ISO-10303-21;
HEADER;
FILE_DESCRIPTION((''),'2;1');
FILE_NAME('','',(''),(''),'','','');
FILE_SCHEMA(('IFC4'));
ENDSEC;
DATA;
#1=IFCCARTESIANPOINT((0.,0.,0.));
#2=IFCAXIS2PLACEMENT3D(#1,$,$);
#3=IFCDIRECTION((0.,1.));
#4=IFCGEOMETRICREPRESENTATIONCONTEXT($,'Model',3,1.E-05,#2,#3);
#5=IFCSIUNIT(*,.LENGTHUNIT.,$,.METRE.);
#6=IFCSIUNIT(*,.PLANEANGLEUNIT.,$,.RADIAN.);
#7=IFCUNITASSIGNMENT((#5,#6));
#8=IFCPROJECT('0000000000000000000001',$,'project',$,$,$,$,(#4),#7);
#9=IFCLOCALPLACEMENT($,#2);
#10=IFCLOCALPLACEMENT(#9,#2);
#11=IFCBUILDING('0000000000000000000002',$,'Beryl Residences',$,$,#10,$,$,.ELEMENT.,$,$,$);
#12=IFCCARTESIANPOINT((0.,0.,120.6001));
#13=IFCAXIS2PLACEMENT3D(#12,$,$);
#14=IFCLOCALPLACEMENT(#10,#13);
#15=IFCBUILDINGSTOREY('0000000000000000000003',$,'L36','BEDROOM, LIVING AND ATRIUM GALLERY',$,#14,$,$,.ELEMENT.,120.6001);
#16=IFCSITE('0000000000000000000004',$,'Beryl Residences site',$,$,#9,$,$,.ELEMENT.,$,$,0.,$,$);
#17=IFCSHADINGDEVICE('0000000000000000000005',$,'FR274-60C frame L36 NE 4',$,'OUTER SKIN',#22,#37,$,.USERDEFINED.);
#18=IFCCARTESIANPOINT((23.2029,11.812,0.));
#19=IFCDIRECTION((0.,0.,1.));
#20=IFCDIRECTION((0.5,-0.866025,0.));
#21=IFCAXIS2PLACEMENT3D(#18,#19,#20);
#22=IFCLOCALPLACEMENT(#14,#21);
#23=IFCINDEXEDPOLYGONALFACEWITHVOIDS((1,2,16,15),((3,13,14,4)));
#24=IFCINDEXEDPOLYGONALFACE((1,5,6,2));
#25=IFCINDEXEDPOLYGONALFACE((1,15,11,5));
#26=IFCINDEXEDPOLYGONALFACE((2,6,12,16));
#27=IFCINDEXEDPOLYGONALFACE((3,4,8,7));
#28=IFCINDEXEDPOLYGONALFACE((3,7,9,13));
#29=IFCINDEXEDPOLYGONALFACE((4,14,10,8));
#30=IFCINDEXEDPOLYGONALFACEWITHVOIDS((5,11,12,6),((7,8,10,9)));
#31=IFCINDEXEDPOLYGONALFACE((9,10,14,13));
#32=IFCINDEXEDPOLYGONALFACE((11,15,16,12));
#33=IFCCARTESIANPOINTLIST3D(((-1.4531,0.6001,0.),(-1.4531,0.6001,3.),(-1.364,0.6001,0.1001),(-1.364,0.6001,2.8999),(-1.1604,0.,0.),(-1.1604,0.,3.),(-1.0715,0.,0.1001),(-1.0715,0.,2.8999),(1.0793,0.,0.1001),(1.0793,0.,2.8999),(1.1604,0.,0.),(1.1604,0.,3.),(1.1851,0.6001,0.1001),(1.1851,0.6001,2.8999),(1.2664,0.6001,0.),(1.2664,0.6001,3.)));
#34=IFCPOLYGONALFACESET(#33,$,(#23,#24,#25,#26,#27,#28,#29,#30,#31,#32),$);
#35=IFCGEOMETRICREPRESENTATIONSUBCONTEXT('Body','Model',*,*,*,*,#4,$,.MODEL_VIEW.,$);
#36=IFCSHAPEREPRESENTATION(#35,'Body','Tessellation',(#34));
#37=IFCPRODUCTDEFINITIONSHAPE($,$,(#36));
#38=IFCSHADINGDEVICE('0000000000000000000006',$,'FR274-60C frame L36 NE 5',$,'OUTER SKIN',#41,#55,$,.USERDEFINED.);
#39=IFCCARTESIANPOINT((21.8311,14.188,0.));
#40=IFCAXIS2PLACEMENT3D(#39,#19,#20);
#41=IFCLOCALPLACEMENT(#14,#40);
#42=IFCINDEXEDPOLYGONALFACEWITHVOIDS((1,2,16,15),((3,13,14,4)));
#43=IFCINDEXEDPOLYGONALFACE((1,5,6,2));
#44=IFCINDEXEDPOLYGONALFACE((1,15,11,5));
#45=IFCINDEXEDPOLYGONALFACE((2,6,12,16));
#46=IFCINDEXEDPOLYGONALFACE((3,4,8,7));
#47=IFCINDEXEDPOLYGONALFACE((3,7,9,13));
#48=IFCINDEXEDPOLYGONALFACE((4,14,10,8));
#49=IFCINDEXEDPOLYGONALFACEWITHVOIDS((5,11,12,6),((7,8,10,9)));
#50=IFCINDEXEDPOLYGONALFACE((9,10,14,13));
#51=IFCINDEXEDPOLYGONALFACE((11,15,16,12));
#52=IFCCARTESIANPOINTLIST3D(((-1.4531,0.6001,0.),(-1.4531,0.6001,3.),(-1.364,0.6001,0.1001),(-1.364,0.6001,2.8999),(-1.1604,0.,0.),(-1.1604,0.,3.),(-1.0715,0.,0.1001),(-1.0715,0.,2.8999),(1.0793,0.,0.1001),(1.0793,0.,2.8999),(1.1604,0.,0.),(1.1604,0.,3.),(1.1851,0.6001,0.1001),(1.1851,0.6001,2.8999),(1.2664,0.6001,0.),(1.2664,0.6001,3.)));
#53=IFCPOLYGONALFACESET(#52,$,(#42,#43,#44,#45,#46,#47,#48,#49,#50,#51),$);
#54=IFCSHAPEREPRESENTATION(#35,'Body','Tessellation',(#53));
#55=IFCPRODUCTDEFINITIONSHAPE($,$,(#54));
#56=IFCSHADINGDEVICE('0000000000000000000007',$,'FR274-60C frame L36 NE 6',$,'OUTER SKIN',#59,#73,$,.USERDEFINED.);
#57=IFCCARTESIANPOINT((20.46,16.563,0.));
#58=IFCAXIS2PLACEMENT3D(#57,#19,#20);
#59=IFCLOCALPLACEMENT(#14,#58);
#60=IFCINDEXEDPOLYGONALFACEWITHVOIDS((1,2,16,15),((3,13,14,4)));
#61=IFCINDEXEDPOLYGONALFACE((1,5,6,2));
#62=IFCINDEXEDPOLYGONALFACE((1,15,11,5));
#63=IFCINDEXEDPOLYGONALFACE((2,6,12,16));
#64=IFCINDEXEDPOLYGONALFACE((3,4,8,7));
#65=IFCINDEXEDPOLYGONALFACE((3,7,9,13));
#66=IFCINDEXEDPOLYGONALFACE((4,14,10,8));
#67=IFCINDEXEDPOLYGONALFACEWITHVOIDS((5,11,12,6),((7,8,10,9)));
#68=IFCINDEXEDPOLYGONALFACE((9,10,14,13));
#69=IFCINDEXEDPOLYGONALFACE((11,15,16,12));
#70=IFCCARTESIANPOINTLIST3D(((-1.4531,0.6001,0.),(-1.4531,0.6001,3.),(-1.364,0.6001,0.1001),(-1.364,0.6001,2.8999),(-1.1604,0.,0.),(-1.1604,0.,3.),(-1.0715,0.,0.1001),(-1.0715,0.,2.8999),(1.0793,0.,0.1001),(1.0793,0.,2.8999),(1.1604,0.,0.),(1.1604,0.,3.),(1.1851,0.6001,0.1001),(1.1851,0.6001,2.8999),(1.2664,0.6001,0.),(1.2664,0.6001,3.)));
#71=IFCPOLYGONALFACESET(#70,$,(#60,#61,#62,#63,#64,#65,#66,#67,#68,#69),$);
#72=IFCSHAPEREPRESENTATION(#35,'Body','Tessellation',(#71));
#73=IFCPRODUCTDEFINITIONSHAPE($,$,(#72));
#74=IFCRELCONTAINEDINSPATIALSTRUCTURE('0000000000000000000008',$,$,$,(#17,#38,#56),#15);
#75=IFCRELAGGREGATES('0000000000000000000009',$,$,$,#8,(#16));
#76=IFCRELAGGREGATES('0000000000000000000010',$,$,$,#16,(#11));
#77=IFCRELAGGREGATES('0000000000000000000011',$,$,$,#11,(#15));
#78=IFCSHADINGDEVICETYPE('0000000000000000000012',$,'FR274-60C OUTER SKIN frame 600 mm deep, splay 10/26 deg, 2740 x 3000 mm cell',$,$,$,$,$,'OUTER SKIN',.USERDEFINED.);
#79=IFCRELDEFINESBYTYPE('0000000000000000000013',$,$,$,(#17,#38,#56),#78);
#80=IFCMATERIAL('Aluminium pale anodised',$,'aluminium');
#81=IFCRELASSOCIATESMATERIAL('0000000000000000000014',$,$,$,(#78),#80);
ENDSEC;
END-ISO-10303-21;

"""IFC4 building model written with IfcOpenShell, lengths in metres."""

from ifc_helpers import new_model, entity, si_unit, direction, frame, origin, place, context, subcontext, project, spatial, source, transform, mapped, material, type_object, type_shapes, element, save


model = new_model("IFC4")

# Units and contexts
model_context = context("Model", 3, precision=1e-05, world=origin(), true_north=direction((0.0, 1.0)))
body_context = subcontext(model_context, "Body", "Model", "MODEL_VIEW")
ifc_project = project(units=[si_unit("LENGTHUNIT", "METRE"), si_unit("PLANEANGLEUNIT", "RADIAN")], contexts=[model_context])

# Site, building, storey
site_placement = place(None, origin())
site = spatial("IfcSite", under=ifc_project, at=site_placement, Name="Beryl Residences site", CompositionType="ELEMENT", RefElevation=0.0)
building_placement = place(site_placement, origin())
building = spatial("IfcBuilding", under=site, at=building_placement, Name="Beryl Residences", CompositionType="ELEMENT")
storey_placement = place(building_placement, frame((0.0, 0.0, 120.6001)))
storey = spatial("IfcBuildingStorey", under=building, at=storey_placement, Name="L36", Description="BEDROOM, LIVING AND ATRIUM GALLERY", CompositionType="ELEMENT", Elevation=120.6001)

# Shading devices
ifc_material_1 = material(Name="Aluminium pale anodised", Category="aluminium")
shading_device_type = type_object("IfcShadingDeviceType", Name="FR274-60C OUTER SKIN frame 600 mm deep, splay 10/26 deg, 2740 x 3000 mm cell", ElementType="OUTER SKIN", PredefinedType="USERDEFINED", material=ifc_material_1)
cartesian_point_1 = entity("IfcCartesianPoint", [-1.1604, 0.0])
cartesian_point_2 = entity("IfcCartesianPoint", [-1.0793, 0.1001])
cartesian_point_3 = entity("IfcCartesianPoint", [-1.2664, 0.0])
cartesian_point_4 = entity("IfcCartesianPoint", [-1.1851, 0.1001])
shared_shape_1 = source(origin(), body_context, "Body", "SweptSolid", [
    entity("IfcExtrudedAreaSolidTapered", entity("IfcArbitraryProfileDefWithVoids", "AREA", None, entity("IfcPolyline", [cartesian_point_1, entity("IfcCartesianPoint", [1.1604, 0.0]), entity("IfcCartesianPoint", [1.1604, 3.0]), entity("IfcCartesianPoint", [-1.1604, 3.0]), cartesian_point_1]), [entity("IfcPolyline", [cartesian_point_2, entity("IfcCartesianPoint", [1.0715, 0.1001]), entity("IfcCartesianPoint", [1.0715, 2.8999]), entity("IfcCartesianPoint", [-1.0793, 2.8999]), cartesian_point_2])]), entity("IfcAxis2Placement3D", entity("IfcCartesianPoint", [0.0, 0.0, 0.0]), entity("IfcDirection", [0.0, 1.0, 0.0]), entity("IfcDirection", [-1.0, 0.0, 0.0])), entity("IfcDirection", [0.0, 0.0, 1.0]), 0.6001, entity("IfcArbitraryProfileDefWithVoids", "AREA", None, entity("IfcPolyline", [cartesian_point_3, entity("IfcCartesianPoint", [1.4531, 0.0]), entity("IfcCartesianPoint", [1.4531, 3.0]), entity("IfcCartesianPoint", [-1.2664, 3.0]), cartesian_point_3]), [entity("IfcPolyline", [cartesian_point_4, entity("IfcCartesianPoint", [1.364, 0.1001]), entity("IfcCartesianPoint", [1.364, 2.8999]), entity("IfcCartesianPoint", [-1.1851, 2.8999]), cartesian_point_4])])),
])
type_shapes(shading_device_type, [shared_shape_1])
for number, where, z_axis, x_axis, name in (
    (1, (23.2029, 11.812, 0.0), (0.0, 0.0, 1.0), (0.5, -0.866025, 0.0), "FR274-60C frame L36 NE 4"),
    (2, (21.8311, 14.188, 0.0), (0.0, 0.0, 1.0), (0.5, -0.866025, 0.0), "FR274-60C frame L36 NE 5"),
    (3, (20.46, 16.563, 0.0), (0.0, 0.0, 1.0), (0.5, -0.866025, 0.0), "FR274-60C frame L36 NE 6"),
):
    element("IfcShadingDevice", number, at=place(storey_placement, frame(where, z_axis=z_axis, x_axis=x_axis)), inside=storey, type_object=shading_device_type, Name=name, ObjectType="OUTER SKIN", PredefinedType="USERDEFINED", context=body_context, shape_type="MappedRepresentation", body=[
        mapped(shared_shape_1, transform((0.0, 0.0, 0.0))),
    ])

save(model, "model.ifc")
